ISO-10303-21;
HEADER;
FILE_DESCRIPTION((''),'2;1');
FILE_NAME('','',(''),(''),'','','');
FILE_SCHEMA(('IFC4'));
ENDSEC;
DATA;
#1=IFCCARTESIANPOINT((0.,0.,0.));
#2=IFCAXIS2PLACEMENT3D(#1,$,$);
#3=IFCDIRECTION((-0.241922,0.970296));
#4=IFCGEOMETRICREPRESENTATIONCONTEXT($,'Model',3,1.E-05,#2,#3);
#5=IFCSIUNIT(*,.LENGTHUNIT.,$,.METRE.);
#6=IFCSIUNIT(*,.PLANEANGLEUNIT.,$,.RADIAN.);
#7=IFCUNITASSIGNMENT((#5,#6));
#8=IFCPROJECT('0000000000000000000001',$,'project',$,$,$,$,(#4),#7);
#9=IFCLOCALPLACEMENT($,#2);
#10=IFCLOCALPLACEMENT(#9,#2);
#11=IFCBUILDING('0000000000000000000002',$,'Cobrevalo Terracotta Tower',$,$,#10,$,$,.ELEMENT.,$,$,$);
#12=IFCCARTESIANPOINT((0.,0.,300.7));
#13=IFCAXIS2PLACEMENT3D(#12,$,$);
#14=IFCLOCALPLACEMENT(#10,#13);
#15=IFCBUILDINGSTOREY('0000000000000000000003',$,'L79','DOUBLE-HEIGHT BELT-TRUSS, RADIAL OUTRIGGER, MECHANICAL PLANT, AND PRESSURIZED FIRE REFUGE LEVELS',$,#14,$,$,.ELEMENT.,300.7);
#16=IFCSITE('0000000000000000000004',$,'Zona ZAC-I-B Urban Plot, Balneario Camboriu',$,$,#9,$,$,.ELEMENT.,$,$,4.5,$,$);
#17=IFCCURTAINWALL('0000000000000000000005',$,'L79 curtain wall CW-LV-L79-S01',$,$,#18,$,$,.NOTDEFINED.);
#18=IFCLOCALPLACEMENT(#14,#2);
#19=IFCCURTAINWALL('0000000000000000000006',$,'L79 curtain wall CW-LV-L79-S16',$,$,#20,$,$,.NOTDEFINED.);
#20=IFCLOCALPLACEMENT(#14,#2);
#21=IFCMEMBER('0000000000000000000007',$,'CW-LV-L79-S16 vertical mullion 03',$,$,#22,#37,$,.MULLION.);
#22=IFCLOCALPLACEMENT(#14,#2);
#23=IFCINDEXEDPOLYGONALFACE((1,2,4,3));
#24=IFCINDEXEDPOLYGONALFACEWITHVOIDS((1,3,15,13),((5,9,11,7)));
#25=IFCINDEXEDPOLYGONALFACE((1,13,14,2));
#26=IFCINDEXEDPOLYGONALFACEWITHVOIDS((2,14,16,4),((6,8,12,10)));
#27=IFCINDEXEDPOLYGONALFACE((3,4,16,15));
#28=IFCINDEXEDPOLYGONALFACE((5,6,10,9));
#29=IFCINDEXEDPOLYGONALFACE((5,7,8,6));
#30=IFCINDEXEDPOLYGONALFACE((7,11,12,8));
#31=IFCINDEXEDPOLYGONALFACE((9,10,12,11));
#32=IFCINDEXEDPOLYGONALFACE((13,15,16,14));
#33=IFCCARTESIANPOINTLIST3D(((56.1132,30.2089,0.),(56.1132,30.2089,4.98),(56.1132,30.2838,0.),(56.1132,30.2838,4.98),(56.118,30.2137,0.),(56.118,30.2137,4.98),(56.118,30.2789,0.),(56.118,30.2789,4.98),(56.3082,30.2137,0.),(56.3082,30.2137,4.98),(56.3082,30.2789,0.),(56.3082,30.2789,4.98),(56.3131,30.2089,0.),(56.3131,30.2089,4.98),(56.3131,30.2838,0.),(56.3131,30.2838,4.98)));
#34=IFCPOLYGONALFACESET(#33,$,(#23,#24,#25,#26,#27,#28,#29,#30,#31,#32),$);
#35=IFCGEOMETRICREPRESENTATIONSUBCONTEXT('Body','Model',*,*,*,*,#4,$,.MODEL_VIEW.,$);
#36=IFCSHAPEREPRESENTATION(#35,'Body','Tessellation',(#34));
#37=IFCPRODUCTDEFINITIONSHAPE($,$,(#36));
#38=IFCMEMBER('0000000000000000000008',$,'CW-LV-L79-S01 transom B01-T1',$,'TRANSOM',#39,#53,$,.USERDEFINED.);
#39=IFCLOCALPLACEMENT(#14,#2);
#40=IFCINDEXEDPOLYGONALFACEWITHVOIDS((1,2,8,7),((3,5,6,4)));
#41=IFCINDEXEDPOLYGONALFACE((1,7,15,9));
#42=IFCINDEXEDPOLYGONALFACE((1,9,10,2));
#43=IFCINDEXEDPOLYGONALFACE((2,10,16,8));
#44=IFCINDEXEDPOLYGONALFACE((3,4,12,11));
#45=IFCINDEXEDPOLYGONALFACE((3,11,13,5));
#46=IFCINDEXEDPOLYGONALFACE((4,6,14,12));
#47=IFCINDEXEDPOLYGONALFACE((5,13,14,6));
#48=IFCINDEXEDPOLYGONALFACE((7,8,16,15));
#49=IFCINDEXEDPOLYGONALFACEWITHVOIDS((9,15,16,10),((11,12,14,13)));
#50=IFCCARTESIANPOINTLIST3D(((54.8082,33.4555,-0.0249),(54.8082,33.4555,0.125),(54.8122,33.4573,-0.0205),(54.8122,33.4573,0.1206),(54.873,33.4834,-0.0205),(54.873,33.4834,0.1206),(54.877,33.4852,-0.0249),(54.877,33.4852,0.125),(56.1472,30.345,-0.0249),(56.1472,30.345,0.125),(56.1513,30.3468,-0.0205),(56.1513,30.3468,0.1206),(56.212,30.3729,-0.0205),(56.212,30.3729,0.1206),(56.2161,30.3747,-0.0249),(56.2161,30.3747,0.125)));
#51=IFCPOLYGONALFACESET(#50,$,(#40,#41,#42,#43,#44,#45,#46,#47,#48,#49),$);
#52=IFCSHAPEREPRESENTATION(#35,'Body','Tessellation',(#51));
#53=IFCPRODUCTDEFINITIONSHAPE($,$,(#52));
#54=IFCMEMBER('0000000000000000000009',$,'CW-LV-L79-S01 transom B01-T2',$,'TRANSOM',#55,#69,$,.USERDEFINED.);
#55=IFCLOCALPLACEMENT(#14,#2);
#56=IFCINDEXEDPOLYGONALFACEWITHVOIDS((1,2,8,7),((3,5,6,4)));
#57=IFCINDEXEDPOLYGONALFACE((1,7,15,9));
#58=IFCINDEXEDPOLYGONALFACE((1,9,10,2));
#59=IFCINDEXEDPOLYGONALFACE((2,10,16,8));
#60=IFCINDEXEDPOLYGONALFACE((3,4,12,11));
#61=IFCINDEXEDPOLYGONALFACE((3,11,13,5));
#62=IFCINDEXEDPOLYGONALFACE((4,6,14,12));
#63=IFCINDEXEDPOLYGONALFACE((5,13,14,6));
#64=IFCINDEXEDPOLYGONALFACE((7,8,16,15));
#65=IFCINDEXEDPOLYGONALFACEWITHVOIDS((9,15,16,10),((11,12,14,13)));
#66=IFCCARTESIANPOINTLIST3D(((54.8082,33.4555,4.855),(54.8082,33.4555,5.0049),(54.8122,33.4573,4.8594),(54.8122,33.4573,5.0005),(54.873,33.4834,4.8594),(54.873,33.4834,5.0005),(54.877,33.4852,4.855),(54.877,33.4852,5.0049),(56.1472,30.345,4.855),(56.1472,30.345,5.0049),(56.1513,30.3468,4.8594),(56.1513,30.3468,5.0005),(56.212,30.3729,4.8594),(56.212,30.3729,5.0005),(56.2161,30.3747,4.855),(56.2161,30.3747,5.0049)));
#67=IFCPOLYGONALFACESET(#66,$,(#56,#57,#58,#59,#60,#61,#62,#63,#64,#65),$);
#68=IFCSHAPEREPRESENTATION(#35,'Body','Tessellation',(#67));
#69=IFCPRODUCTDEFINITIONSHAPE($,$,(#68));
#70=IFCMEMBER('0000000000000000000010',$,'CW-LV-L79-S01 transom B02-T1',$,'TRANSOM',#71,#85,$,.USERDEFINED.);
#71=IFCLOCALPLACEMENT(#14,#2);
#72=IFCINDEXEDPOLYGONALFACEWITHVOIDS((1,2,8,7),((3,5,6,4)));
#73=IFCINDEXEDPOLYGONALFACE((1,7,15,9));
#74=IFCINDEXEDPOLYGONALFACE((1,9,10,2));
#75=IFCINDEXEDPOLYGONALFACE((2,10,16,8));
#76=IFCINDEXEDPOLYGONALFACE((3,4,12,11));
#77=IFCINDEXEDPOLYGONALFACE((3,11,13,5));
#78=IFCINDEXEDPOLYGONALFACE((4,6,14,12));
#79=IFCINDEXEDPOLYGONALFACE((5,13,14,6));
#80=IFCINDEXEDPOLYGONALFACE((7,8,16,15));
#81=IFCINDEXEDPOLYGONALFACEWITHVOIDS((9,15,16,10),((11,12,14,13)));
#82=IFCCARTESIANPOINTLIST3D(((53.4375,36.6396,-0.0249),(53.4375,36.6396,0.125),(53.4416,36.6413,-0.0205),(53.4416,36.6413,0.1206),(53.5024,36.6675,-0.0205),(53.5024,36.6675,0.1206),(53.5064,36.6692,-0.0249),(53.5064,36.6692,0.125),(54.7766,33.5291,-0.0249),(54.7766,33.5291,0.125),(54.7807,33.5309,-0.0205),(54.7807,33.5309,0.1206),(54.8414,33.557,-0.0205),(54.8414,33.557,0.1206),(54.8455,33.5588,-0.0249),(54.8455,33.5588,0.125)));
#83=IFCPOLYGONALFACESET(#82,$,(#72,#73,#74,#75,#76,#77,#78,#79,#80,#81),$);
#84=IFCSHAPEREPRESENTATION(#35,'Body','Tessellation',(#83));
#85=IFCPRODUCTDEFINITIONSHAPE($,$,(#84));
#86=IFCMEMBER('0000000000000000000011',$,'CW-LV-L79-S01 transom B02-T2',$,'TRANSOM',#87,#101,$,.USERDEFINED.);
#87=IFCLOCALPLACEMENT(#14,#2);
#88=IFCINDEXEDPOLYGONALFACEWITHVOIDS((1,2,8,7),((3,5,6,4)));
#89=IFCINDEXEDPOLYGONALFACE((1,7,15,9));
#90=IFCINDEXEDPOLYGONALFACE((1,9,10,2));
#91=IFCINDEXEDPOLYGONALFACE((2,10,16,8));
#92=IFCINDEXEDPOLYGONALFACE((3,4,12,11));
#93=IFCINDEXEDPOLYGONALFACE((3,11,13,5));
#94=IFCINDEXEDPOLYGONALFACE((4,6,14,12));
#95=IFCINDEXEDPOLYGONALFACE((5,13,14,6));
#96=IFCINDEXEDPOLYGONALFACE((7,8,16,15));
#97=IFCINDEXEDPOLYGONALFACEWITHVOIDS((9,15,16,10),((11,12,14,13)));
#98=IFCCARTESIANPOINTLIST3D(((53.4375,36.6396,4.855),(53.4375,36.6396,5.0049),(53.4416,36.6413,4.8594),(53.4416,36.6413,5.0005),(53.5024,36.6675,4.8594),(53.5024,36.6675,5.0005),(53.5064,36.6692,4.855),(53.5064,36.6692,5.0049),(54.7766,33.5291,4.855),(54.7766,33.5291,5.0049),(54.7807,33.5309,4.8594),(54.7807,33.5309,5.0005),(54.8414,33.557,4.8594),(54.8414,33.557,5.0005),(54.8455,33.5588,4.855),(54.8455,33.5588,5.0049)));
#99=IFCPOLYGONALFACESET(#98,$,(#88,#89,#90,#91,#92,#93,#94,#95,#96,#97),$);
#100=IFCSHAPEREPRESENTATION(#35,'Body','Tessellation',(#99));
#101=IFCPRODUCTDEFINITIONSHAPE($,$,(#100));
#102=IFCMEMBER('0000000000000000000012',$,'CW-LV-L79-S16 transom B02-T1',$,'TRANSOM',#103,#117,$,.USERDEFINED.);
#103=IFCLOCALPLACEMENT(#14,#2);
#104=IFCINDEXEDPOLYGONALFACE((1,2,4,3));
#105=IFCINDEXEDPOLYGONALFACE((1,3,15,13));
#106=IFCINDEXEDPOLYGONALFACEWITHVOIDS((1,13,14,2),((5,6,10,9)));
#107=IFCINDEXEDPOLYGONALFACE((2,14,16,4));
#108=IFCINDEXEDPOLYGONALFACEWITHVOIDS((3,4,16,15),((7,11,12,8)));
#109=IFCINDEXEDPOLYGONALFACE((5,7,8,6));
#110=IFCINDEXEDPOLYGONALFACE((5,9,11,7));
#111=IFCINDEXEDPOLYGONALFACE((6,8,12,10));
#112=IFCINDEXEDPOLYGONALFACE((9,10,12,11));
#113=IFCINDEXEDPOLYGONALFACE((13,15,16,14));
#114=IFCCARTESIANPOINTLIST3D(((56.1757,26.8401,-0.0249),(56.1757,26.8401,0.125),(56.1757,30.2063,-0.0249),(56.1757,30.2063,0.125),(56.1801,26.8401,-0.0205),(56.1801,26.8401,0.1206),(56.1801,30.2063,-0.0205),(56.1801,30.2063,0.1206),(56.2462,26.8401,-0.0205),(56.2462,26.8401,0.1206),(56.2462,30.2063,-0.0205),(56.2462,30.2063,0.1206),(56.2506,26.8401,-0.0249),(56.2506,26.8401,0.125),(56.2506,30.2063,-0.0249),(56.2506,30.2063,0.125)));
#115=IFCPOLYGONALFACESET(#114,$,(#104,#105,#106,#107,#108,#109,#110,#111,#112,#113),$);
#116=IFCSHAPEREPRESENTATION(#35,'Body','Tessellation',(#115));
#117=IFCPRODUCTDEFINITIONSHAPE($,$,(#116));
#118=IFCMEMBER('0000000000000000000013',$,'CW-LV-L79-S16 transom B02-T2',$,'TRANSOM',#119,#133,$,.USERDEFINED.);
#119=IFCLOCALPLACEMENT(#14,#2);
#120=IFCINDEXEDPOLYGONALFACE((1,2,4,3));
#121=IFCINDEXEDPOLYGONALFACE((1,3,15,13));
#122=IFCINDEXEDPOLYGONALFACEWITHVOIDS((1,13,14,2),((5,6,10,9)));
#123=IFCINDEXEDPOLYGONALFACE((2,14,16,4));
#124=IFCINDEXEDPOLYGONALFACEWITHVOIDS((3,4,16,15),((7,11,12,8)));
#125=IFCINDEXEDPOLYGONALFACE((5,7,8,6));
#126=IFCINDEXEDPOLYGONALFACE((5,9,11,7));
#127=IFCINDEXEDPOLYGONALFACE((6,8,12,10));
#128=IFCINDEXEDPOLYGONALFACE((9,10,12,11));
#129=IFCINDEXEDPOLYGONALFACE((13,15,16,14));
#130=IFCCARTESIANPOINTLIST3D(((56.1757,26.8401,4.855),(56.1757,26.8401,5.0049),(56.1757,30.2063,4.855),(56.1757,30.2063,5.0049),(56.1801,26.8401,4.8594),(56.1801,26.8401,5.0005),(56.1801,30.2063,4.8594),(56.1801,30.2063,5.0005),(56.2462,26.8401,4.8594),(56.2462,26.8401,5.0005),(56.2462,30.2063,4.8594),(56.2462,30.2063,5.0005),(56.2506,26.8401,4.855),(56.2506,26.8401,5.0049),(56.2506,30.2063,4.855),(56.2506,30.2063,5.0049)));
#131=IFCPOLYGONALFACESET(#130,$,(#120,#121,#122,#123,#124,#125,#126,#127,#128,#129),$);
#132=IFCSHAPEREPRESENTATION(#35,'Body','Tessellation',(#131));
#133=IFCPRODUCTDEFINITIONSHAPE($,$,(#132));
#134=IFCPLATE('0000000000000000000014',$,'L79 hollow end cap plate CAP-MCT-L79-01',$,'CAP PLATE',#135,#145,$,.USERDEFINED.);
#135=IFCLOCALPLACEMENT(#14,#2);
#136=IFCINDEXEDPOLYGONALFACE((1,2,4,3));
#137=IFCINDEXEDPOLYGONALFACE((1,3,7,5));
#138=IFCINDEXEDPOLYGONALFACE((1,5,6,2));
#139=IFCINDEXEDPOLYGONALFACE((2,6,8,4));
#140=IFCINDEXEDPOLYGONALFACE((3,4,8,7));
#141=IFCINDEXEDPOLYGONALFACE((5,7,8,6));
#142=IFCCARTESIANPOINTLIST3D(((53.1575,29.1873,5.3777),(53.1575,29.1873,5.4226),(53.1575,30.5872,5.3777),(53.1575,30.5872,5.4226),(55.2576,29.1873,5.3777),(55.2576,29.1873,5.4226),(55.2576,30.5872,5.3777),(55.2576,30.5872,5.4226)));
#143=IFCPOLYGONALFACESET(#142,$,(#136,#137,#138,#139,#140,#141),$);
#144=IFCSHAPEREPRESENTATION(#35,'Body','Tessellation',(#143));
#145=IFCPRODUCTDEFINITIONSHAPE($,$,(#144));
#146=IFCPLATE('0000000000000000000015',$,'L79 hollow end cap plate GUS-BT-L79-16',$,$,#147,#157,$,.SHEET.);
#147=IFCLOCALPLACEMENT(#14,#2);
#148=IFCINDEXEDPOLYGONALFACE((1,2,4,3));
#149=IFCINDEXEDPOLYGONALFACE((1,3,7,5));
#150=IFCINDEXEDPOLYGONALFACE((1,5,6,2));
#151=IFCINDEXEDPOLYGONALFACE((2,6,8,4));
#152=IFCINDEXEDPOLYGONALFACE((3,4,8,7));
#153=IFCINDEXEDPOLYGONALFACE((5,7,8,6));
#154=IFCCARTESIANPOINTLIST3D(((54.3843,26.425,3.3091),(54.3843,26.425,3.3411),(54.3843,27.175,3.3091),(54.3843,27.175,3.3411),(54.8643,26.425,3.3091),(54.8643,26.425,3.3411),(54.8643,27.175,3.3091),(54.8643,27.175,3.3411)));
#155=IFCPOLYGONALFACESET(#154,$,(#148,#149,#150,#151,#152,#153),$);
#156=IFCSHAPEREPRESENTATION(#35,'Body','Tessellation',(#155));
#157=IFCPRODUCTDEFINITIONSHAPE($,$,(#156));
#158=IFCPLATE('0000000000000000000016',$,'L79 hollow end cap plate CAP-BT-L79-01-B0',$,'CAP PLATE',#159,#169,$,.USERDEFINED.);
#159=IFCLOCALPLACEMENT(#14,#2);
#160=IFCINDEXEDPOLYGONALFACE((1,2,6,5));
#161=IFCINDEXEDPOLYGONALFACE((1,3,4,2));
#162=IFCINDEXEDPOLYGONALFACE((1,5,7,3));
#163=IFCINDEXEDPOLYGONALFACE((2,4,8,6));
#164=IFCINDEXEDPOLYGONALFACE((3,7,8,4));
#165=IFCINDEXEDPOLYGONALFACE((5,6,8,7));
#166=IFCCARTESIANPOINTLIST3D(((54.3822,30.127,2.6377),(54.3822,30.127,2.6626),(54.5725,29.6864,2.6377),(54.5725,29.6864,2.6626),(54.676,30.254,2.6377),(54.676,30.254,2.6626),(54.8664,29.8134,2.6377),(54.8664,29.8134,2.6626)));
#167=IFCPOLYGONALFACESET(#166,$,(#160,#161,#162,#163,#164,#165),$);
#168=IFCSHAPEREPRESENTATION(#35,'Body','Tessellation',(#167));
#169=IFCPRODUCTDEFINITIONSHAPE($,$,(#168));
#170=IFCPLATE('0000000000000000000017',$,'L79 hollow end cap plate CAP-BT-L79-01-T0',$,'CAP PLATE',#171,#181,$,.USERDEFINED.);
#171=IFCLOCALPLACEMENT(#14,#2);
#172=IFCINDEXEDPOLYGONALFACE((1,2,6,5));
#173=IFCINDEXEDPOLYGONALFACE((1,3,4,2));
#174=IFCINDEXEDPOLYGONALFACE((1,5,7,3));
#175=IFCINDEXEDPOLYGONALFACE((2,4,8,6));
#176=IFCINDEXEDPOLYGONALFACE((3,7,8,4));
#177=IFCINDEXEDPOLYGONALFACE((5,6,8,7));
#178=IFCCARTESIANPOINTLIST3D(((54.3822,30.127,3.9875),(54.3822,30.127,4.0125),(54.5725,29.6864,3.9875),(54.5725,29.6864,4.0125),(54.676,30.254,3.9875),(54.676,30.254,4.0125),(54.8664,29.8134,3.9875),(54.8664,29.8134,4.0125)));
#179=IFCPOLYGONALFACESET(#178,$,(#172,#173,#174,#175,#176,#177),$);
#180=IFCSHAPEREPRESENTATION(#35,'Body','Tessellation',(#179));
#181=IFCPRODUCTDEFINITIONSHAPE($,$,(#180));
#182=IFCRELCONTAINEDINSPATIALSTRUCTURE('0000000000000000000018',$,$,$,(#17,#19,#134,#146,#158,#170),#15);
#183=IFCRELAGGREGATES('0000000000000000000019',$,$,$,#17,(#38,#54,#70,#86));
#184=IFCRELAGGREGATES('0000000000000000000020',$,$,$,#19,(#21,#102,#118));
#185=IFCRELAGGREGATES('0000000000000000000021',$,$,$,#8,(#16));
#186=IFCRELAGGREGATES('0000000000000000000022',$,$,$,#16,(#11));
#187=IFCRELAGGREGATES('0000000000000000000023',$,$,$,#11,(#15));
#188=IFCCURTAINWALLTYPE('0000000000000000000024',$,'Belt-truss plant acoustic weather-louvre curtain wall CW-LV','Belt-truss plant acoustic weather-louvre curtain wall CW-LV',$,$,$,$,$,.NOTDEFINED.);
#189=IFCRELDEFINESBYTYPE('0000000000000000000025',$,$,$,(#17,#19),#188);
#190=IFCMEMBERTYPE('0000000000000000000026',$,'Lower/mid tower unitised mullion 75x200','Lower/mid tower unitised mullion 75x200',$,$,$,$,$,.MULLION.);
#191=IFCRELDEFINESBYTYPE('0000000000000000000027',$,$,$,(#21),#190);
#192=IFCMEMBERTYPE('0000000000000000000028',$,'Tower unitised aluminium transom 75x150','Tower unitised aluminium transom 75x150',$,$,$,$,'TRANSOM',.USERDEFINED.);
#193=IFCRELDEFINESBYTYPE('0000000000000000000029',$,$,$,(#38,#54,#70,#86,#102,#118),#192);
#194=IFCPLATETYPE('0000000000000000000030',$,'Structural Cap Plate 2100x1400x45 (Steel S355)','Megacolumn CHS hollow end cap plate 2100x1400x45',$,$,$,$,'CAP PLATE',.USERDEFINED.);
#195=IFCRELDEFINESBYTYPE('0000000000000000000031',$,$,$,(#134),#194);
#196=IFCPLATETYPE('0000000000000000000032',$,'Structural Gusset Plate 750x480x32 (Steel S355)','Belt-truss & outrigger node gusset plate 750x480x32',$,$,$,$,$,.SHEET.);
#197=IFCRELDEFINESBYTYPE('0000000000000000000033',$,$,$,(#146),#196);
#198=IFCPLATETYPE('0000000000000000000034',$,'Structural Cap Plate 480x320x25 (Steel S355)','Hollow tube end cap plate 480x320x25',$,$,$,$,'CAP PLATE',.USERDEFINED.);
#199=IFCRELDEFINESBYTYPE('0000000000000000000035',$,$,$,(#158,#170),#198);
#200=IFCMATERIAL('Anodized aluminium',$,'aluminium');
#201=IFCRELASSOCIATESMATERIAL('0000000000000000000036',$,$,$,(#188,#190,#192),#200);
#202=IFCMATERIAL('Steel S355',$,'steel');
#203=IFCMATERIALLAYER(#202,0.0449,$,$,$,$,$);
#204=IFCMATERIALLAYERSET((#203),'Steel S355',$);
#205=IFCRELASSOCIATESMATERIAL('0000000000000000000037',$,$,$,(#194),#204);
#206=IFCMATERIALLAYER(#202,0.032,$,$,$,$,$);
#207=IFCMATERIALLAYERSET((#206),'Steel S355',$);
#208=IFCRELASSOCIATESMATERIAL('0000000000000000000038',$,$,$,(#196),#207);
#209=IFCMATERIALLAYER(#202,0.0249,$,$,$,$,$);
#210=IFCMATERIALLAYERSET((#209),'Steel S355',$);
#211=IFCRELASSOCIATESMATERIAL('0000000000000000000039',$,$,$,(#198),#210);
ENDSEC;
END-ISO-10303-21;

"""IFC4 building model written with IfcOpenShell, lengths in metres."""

from ifc_helpers import new_model, si_unit, direction, frame, origin, origin_2d, place, context, subcontext, project, spatial, rectangle, hollow_rectangle, extrude, source, transform, mapped, material, layer, layer_set, material_profile, profile_set, type_object, element, aggregate, save


model = new_model("IFC4")

# Units and contexts
model_context = context("Model", 3, precision=1e-05, world=origin(), true_north=direction((-0.241922, 0.970296)))
body_context = subcontext(model_context, "Body", "Model", "MODEL_VIEW")
ifc_project = project(units=[si_unit("LENGTHUNIT", "METRE"), si_unit("PLANEANGLEUNIT", "RADIAN")], contexts=[model_context])

# Site, building, storey
site_placement = place(None, origin())
site = spatial("IfcSite", under=ifc_project, at=site_placement, Name="Zona ZAC-I-B Urban Plot, Balneario Camboriu", CompositionType="ELEMENT", RefElevation=4.5)
building_placement = place(site_placement, origin())
building = spatial("IfcBuilding", under=site, at=building_placement, Name="Cobrevalo Terracotta Tower", CompositionType="ELEMENT")
storey_placement = place(building_placement, frame((0.0, 0.0, 300.7)))
storey = spatial("IfcBuildingStorey", under=building, at=storey_placement, Name="L79", Description="DOUBLE-HEIGHT BELT-TRUSS, RADIAL OUTRIGGER, MECHANICAL PLANT, AND PRESSURIZED FIRE REFUGE LEVELS", CompositionType="ELEMENT", Elevation=300.7)

# Shared definitions
ifc_material_1 = material(Name="Steel S355", Category="steel")

# Curtain walls, member
ifc_material_2 = material(Name="Anodized aluminium", Category="aluminium")
curtain_wall_type = type_object("IfcCurtainWallType", Name="Belt-truss plant acoustic weather-louvre curtain wall CW-LV", Description="Belt-truss plant acoustic weather-louvre curtain wall CW-LV", PredefinedType="NOTDEFINED", material=ifc_material_2)
curtain_wall_1_placement = place(storey_placement, origin())
curtain_wall_1 = element("IfcCurtainWall", 1, at=curtain_wall_1_placement, inside=storey, type_object=curtain_wall_type, Name="L79 curtain wall CW-LV-L79-S01", PredefinedType="NOTDEFINED")
ifc_material_profile_1 = material_profile(ifc_material_2, hollow_rectangle(XDim=0.075, YDim=0.2, WallThickness=0.0049, at=origin_2d()), Name="CWM 75x200")
ifc_profile_set_1 = profile_set([ifc_material_profile_1], Name="Anodized aluminium")
member_type_1 = type_object("IfcMemberType", Name="Lower/mid tower unitised mullion 75x200", Description="Lower/mid tower unitised mullion 75x200", PredefinedType="MULLION", material=ifc_profile_set_1)
shared_shape_1 = source(origin(), body_context, "Body", "SweptSolid", [
    extrude(hollow_rectangle(XDim=0.075, YDim=0.2, WallThickness=0.0049, at=origin_2d()), origin(), (0.0, 0.0, 1.0), 4.98),
])
curtain_wall_2_placement = place(storey_placement, origin())
curtain_wall_2 = element("IfcCurtainWall", 2, at=curtain_wall_2_placement, inside=storey, type_object=curtain_wall_type, Name="L79 curtain wall CW-LV-L79-S16", PredefinedType="NOTDEFINED")
member_1_placement = place(storey_placement, frame((56.2131, 30.2463, 0.0), z_axis=(0.0, 0.0, 1.0), x_axis=(0.0, 1.0, 0.0)))
member_1 = element("IfcMember", 3, at=member_1_placement, type_object=member_type_1, Name="CW-LV-L79-S16 vertical mullion 03", PredefinedType="MULLION", context=body_context, shape_type="MappedRepresentation", body=[
    mapped(shared_shape_1, transform((0.0, 0.0, 0.0), scale=1.0)),
])

# Members
ifc_material_profile_2 = material_profile(ifc_material_2, hollow_rectangle(XDim=0.075, YDim=0.1499, WallThickness=0.0044, at=origin_2d()), Name="CWT 75x150")
ifc_profile_set_2 = profile_set([ifc_material_profile_2], Name="Anodized aluminium")
member_type_2 = type_object("IfcMemberType", Name="Tower unitised aluminium transom 75x150", Description="Tower unitised aluminium transom 75x150", ElementType="TRANSOM", PredefinedType="USERDEFINED", material=ifc_profile_set_2)
shared_shape_2 = source(origin(), body_context, "Body", "SweptSolid", [
    extrude(hollow_rectangle(XDim=0.075, YDim=0.1499, WallThickness=0.0044, at=origin_2d()), origin(), (0.0, 0.0, 1.0), 3.3865),
])
member_2_placement = place(storey_placement, frame((56.1816, 30.3599, 0.05), z_axis=(-0.395415, 0.918502, 0.0), x_axis=(-0.918502, -0.395415, 0.0)))
member_2 = element("IfcMember", 4, at=member_2_placement, type_object=member_type_2, Name="CW-LV-L79-S01 transom B01-T1", ObjectType="TRANSOM", PredefinedType="USERDEFINED", context=body_context, shape_type="MappedRepresentation", body=[
    mapped(shared_shape_2, transform((0.0, 0.0, 0.0), scale=1.0)),
])
member_3_placement = place(storey_placement, frame((56.1816, 30.3599, 4.9299), z_axis=(-0.395415, 0.918502, 0.0), x_axis=(-0.918502, -0.395415, 0.0)))
member_3 = element("IfcMember", 5, at=member_3_placement, type_object=member_type_2, Name="CW-LV-L79-S01 transom B01-T2", ObjectType="TRANSOM", PredefinedType="USERDEFINED", context=body_context, shape_type="MappedRepresentation", body=[
    mapped(shared_shape_2, transform((0.0, 0.0, 0.0), scale=1.0)),
])
member_4_placement = place(storey_placement, frame((54.811, 33.5439, 0.05), z_axis=(-0.395415, 0.918502, 0.0), x_axis=(-0.918502, -0.395415, 0.0)))
member_4 = element("IfcMember", 6, at=member_4_placement, type_object=member_type_2, Name="CW-LV-L79-S01 transom B02-T1", ObjectType="TRANSOM", PredefinedType="USERDEFINED", context=body_context, shape_type="MappedRepresentation", body=[
    mapped(shared_shape_2, transform((0.0, 0.0, 0.0), scale=1.0)),
])
member_5_placement = place(storey_placement, frame((54.811, 33.5439, 4.9299), z_axis=(-0.395415, 0.918502, 0.0), x_axis=(-0.918502, -0.395415, 0.0)))
member_5 = element("IfcMember", 7, at=member_5_placement, type_object=member_type_2, Name="CW-LV-L79-S01 transom B02-T2", ObjectType="TRANSOM", PredefinedType="USERDEFINED", context=body_context, shape_type="MappedRepresentation", body=[
    mapped(shared_shape_2, transform((0.0, 0.0, 0.0), scale=1.0)),
])
shared_shape_3 = source(origin(), body_context, "Body", "SweptSolid", [
    extrude(hollow_rectangle(XDim=0.075, YDim=0.1499, WallThickness=0.0044, at=origin_2d()), origin(), (0.0, 0.0, 1.0), 3.3662),
])
member_6_placement = place(storey_placement, frame((56.2131, 26.8401, 0.05), z_axis=(0.0, 1.0, 0.0), x_axis=(-1.0, 0.0, 0.0)))
member_6 = element("IfcMember", 8, at=member_6_placement, type_object=member_type_2, Name="CW-LV-L79-S16 transom B02-T1", ObjectType="TRANSOM", PredefinedType="USERDEFINED", context=body_context, shape_type="MappedRepresentation", body=[
    mapped(shared_shape_3, transform((0.0, 0.0, 0.0), scale=1.0)),
])
member_7_placement = place(storey_placement, frame((56.2131, 26.8401, 4.9299), z_axis=(0.0, 1.0, 0.0), x_axis=(-1.0, 0.0, 0.0)))
member_7 = element("IfcMember", 9, at=member_7_placement, type_object=member_type_2, Name="CW-LV-L79-S16 transom B02-T2", ObjectType="TRANSOM", PredefinedType="USERDEFINED", context=body_context, shape_type="MappedRepresentation", body=[
    mapped(shared_shape_3, transform((0.0, 0.0, 0.0), scale=1.0)),
])

# Plates
ifc_layer_1 = layer(ifc_material_1, 0.0449)
ifc_layer_set_1 = layer_set([ifc_layer_1], Name="Steel S355")
plate_type_1 = type_object("IfcPlateType", Name="Structural Cap Plate 2100x1400x45 (Steel S355)", Description="Megacolumn CHS hollow end cap plate 2100x1400x45", ElementType="CAP PLATE", PredefinedType="USERDEFINED", material=ifc_layer_set_1)
shared_shape_4 = source(origin(), body_context, "Body", "SweptSolid", [
    extrude(rectangle(XDim=2.1001, YDim=1.3999, at=origin_2d()), origin(), (0.0, 0.0, 1.0), 0.0449),
])
plate_1_placement = place(storey_placement, frame((54.2075, 29.8872, 5.3777), z_axis=(0.0, 0.0, 1.0), x_axis=(1.0, 0.0, 0.0)))
element("IfcPlate", 10, at=plate_1_placement, inside=storey, type_object=plate_type_1, Name="L79 hollow end cap plate CAP-MCT-L79-01", ObjectType="CAP PLATE", PredefinedType="USERDEFINED", context=body_context, shape_type="MappedRepresentation", body=[
    mapped(shared_shape_4, transform((0.0, 0.0, 0.0), scale=1.0)),
])
ifc_layer_2 = layer(ifc_material_1, 0.032)
ifc_layer_set_2 = layer_set([ifc_layer_2], Name="Steel S355")
plate_type_2 = type_object("IfcPlateType", Name="Structural Gusset Plate 750x480x32 (Steel S355)", Description="Belt-truss & outrigger node gusset plate 750x480x32", PredefinedType="SHEET", material=ifc_layer_set_2)
shared_shape_5 = source(origin(), body_context, "Body", "SweptSolid", [
    extrude(rectangle(XDim=0.75, YDim=0.48, at=origin_2d()), origin(), (0.0, 0.0, 1.0), 0.032),
])
plate_2_placement = place(storey_placement, frame((54.6243, 26.8, 3.3091), z_axis=(0.0, 0.0, 1.0), x_axis=(0.0, 1.0, 0.0)))
element("IfcPlate", 11, at=plate_2_placement, inside=storey, type_object=plate_type_2, Name="L79 hollow end cap plate GUS-BT-L79-16", PredefinedType="SHEET", context=body_context, shape_type="MappedRepresentation", body=[
    mapped(shared_shape_5, transform((0.0, 0.0, 0.0), scale=1.0)),
])
ifc_layer_3 = layer(ifc_material_1, 0.0249)
ifc_layer_set_3 = layer_set([ifc_layer_3], Name="Steel S355")
plate_type_3 = type_object("IfcPlateType", Name="Structural Cap Plate 480x320x25 (Steel S355)", Description="Hollow tube end cap plate 480x320x25", ElementType="CAP PLATE", PredefinedType="USERDEFINED", material=ifc_layer_set_3)
shared_shape_6 = source(origin(), body_context, "Body", "SweptSolid", [
    extrude(rectangle(XDim=0.48, YDim=0.3201, at=origin_2d()), origin(), (0.0, 0.0, 1.0), 0.0249),
])
for number, where, z_axis, x_axis, name in (
    (12, (54.6243, 29.9702, 2.6377), (0.0, 0.0, 1.0), (-0.396621, 0.917983, 0.0), "L79 hollow end cap plate CAP-BT-L79-01-B0"),
    (13, (54.6243, 29.9702, 3.9875), (0.0, 0.0, 1.0), (-0.396621, 0.917983, 0.0), "L79 hollow end cap plate CAP-BT-L79-01-T0"),
):
    element("IfcPlate", number, at=place(storey_placement, frame(where, z_axis=z_axis, x_axis=x_axis)), inside=storey, type_object=plate_type_3, Name=name, ObjectType="CAP PLATE", PredefinedType="USERDEFINED", context=body_context, shape_type="MappedRepresentation", body=[
        mapped(shared_shape_6, transform((0.0, 0.0, 0.0), scale=1.0)),
    ])

aggregate(curtain_wall_1, [member_2, member_3, member_4, member_5])
aggregate(curtain_wall_2, [member_1, member_6, member_7])

save(model, "model.ifc")
